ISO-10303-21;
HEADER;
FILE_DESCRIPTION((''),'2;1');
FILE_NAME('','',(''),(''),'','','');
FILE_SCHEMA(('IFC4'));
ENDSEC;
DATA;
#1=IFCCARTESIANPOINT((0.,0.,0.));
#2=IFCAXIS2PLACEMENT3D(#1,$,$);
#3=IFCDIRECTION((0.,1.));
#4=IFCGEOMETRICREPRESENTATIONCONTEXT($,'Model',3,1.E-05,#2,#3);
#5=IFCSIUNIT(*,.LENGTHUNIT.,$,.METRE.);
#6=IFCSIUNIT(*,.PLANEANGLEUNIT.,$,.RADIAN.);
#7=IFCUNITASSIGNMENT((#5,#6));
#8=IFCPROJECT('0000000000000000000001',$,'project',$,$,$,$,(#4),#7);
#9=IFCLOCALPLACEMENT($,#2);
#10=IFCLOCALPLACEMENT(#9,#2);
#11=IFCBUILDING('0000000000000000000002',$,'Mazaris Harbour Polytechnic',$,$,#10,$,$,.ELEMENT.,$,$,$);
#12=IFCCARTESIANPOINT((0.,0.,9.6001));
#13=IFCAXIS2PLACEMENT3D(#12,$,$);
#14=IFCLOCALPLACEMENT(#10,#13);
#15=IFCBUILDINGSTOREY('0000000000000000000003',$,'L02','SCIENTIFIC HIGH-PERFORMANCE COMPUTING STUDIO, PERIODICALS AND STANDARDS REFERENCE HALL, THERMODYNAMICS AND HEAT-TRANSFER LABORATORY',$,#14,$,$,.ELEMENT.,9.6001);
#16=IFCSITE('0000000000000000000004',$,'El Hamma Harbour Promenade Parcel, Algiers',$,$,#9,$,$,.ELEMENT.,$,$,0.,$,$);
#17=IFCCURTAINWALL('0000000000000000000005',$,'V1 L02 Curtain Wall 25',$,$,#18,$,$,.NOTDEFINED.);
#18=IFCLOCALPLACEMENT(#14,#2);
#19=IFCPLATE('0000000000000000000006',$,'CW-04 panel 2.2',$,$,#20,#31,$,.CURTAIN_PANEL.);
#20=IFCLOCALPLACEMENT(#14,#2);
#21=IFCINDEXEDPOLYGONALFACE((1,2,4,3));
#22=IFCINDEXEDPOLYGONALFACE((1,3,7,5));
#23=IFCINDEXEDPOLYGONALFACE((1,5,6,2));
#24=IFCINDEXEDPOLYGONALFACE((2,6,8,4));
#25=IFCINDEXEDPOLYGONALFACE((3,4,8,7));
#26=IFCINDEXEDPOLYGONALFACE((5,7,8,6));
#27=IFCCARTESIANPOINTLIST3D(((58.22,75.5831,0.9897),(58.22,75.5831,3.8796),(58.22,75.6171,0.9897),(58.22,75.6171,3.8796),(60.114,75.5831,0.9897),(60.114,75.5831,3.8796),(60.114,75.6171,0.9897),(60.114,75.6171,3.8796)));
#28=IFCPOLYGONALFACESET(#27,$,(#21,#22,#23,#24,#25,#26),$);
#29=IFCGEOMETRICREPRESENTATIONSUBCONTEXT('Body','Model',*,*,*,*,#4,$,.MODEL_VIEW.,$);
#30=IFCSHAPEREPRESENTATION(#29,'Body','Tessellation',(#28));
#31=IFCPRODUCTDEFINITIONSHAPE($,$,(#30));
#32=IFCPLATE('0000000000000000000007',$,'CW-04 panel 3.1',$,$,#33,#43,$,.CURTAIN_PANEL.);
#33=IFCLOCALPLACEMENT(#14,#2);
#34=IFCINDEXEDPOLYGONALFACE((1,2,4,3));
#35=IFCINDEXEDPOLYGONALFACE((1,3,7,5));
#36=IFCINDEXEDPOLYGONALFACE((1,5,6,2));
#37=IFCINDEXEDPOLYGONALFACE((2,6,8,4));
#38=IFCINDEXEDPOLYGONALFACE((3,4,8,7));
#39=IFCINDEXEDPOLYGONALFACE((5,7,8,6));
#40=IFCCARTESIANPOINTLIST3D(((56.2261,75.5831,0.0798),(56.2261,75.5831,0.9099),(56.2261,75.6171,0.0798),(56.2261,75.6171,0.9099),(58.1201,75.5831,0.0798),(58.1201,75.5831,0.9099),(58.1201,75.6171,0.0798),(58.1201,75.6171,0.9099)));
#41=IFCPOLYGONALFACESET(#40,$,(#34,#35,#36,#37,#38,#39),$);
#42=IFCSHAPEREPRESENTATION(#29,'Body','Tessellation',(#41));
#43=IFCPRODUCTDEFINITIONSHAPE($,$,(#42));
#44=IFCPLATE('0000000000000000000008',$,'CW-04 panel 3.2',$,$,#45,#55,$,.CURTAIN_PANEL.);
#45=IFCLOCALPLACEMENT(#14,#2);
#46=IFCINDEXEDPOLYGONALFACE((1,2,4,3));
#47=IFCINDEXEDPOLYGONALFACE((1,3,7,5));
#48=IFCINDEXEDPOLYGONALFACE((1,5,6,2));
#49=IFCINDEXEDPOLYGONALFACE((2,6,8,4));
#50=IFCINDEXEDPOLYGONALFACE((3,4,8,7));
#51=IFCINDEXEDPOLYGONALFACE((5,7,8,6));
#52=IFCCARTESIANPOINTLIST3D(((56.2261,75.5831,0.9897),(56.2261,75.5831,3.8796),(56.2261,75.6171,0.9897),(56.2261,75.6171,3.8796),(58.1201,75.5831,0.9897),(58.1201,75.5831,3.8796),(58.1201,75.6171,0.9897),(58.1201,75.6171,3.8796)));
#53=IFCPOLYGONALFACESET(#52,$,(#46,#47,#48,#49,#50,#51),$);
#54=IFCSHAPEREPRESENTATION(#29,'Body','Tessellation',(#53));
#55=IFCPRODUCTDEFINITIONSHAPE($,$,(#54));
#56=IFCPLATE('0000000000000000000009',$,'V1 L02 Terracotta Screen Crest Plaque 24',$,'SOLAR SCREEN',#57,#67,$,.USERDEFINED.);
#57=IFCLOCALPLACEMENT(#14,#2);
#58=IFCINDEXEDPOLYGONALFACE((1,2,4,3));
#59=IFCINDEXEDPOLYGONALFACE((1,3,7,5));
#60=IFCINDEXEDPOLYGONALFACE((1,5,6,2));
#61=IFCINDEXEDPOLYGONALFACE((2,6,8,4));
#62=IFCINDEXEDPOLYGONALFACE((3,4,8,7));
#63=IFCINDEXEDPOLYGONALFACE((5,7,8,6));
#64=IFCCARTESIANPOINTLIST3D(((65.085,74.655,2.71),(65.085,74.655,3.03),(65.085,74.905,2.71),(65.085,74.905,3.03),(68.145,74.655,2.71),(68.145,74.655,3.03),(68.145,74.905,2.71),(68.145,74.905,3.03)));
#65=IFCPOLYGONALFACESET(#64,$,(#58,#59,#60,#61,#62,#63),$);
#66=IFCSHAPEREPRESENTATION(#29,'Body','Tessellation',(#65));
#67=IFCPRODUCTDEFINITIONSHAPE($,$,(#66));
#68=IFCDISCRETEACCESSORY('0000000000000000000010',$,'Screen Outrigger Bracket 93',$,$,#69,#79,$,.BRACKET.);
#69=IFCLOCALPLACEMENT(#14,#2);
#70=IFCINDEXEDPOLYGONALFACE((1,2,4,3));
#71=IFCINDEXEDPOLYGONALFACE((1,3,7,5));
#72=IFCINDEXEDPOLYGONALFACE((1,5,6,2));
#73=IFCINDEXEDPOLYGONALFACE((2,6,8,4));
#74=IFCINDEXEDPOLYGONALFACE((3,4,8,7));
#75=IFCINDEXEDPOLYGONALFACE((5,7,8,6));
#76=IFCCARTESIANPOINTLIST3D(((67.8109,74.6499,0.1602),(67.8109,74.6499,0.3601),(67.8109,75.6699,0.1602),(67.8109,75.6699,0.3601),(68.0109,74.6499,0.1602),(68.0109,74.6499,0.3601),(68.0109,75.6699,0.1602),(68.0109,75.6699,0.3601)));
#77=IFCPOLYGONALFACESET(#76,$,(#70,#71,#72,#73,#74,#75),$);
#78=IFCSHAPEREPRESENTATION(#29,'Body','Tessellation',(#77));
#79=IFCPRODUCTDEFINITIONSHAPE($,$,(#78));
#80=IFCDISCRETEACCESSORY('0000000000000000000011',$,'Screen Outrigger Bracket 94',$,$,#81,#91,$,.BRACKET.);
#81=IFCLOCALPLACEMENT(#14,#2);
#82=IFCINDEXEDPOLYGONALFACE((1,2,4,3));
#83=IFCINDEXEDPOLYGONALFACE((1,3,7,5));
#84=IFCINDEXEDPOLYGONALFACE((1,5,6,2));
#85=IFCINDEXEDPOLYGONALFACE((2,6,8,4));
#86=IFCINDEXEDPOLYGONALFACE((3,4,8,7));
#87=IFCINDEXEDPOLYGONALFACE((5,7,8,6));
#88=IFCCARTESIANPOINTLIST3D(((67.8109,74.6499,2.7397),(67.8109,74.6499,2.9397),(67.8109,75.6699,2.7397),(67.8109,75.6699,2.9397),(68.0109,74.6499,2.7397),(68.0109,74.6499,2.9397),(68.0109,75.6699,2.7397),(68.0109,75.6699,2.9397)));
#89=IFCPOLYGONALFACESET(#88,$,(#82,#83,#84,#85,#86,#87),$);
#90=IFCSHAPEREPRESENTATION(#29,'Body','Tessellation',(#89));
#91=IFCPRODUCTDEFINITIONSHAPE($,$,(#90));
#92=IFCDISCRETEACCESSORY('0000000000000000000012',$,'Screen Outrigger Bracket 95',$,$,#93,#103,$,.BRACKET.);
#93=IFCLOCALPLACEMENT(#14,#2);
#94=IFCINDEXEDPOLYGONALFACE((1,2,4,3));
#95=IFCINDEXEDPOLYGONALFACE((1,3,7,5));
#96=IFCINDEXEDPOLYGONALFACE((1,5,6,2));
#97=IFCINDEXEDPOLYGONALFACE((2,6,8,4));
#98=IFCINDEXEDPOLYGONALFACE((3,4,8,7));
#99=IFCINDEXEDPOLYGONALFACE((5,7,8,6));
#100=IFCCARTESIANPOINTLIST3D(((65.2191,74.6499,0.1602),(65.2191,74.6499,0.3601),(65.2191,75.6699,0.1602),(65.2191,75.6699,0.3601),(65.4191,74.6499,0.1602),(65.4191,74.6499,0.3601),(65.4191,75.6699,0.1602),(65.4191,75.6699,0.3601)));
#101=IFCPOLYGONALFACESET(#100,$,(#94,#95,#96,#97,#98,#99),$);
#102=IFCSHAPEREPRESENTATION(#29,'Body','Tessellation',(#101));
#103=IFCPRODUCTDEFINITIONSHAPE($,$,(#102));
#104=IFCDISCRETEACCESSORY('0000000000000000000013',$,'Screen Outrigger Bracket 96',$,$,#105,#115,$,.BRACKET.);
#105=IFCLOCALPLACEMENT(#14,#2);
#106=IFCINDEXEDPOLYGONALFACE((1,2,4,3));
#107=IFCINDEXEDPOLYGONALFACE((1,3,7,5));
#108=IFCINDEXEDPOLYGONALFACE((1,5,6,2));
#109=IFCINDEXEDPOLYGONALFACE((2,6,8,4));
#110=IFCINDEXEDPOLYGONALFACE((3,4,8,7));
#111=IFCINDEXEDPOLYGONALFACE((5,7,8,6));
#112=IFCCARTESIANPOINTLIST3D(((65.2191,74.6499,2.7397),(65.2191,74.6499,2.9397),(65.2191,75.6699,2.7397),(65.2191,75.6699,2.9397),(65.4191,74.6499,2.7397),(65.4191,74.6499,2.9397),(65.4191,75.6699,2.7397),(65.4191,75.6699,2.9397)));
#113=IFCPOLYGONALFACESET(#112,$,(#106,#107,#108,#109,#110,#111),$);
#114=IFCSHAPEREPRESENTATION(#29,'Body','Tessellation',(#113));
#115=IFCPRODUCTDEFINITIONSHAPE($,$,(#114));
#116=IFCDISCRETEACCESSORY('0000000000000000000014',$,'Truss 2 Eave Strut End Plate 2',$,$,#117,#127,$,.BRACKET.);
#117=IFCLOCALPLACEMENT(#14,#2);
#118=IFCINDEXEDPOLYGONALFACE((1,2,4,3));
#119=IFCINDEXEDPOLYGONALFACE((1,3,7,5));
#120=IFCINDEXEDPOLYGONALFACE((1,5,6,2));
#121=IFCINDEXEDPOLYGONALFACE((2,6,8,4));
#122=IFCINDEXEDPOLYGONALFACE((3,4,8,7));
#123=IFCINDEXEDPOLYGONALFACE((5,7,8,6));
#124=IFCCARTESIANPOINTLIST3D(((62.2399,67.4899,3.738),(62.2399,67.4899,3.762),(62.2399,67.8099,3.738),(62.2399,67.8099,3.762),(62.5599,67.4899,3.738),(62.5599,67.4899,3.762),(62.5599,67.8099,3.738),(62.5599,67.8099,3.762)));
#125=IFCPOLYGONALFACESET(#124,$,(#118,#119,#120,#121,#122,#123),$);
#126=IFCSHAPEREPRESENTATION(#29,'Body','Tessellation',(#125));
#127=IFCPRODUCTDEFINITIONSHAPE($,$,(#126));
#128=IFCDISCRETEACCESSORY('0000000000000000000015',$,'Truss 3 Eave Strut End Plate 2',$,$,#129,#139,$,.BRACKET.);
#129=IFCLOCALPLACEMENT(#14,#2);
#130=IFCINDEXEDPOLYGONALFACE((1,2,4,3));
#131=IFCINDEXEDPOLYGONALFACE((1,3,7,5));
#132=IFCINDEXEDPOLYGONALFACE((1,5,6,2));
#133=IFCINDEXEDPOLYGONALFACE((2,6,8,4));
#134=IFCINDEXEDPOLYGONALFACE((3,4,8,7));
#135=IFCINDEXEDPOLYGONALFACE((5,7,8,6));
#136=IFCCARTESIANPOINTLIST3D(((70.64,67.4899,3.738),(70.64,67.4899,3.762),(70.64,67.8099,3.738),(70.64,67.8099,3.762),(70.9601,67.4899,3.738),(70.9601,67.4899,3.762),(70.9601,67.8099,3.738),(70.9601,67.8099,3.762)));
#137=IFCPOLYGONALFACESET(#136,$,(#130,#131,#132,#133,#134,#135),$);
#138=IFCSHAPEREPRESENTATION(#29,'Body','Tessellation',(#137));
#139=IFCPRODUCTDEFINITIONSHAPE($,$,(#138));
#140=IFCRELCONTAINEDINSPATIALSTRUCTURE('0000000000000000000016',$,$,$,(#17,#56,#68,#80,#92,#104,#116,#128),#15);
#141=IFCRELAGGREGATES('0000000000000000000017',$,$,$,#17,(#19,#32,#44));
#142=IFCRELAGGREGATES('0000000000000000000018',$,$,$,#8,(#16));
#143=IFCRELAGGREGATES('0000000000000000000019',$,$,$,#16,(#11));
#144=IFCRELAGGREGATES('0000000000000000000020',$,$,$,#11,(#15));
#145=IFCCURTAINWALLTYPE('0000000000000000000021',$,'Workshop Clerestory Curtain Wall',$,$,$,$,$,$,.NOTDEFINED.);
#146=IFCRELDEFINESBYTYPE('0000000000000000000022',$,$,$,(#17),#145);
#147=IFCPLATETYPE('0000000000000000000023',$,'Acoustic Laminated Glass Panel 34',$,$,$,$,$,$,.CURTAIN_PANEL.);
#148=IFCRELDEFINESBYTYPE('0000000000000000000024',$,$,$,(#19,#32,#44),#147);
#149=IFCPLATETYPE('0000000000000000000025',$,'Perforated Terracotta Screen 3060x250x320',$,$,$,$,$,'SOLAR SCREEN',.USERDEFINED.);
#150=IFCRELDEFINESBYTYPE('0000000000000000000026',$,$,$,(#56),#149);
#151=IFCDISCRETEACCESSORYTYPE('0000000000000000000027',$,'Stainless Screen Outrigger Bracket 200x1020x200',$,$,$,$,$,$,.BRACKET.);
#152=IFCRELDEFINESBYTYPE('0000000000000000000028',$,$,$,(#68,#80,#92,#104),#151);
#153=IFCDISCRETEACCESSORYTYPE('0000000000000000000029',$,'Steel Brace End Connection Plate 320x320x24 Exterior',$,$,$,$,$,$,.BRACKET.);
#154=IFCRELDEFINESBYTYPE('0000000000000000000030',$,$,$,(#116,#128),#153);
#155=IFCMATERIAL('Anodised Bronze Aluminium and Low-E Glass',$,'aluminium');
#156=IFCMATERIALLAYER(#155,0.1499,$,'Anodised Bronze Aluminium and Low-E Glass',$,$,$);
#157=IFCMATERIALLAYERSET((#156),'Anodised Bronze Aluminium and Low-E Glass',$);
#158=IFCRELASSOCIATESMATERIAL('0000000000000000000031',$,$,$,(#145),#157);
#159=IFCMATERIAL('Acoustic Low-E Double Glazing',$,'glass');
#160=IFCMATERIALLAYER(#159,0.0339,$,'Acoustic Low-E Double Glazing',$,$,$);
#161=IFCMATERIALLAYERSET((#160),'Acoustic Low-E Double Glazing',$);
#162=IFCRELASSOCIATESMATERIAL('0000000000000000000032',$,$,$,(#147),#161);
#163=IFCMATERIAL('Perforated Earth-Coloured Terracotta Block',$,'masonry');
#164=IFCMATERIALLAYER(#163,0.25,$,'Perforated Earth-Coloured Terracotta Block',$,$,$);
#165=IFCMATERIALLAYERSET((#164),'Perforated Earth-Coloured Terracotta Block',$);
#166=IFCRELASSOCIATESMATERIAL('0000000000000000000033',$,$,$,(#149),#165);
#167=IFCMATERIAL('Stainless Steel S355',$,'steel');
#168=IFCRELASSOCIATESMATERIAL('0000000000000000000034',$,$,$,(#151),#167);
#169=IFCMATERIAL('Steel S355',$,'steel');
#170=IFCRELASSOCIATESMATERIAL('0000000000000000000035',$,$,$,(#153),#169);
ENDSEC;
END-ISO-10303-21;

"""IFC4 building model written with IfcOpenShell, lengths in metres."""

from ifc_helpers import new_model, si_unit, direction, frame, origin, origin_2d, place, context, subcontext, project, spatial, rectangle, extrude, material, layer, layer_set, type_object, element, aggregate, save


model = new_model("IFC4")

# Units and contexts
model_context = context("Model", 3, precision=1e-05, world=origin(), true_north=direction((0.0, 1.0)))
body_context = subcontext(model_context, "Body", "Model", "MODEL_VIEW")
ifc_project = project(units=[si_unit("LENGTHUNIT", "METRE"), si_unit("PLANEANGLEUNIT", "RADIAN")], contexts=[model_context])

# Site, building, storey
site_placement = place(None, origin())
site = spatial("IfcSite", under=ifc_project, at=site_placement, Name="El Hamma Harbour Promenade Parcel, Algiers", CompositionType="ELEMENT", RefElevation=0.0)
building_placement = place(site_placement, origin())
building = spatial("IfcBuilding", under=site, at=building_placement, Name="Mazaris Harbour Polytechnic", CompositionType="ELEMENT")
storey_placement = place(building_placement, frame((0.0, 0.0, 9.6001)))
storey = spatial("IfcBuildingStorey", under=building, at=storey_placement, Name="L02", Description="SCIENTIFIC HIGH-PERFORMANCE COMPUTING STUDIO, PERIODICALS AND STANDARDS REFERENCE HALL, THERMODYNAMICS AND HEAT-TRANSFER LABORATORY", CompositionType="ELEMENT", Elevation=9.6001)

# Curtain wall
ifc_material_1 = material(Name="Anodised Bronze Aluminium and Low-E Glass", Category="aluminium")
ifc_layer_1 = layer(ifc_material_1, 0.1499, Name="Anodised Bronze Aluminium and Low-E Glass")
ifc_layer_set_1 = layer_set([ifc_layer_1], Name="Anodised Bronze Aluminium and Low-E Glass")
curtain_wall_type = type_object("IfcCurtainWallType", Name="Workshop Clerestory Curtain Wall", PredefinedType="NOTDEFINED", material=ifc_layer_set_1)
curtain_wall_placement = place(storey_placement, origin())
curtain_wall = element("IfcCurtainWall", 1, at=curtain_wall_placement, inside=storey, type_object=curtain_wall_type, Name="V1 L02 Curtain Wall 25", PredefinedType="NOTDEFINED")

# Plates
ifc_material_2 = material(Name="Acoustic Low-E Double Glazing", Category="glass")
ifc_layer_2 = layer(ifc_material_2, 0.0339, Name="Acoustic Low-E Double Glazing")
ifc_layer_set_2 = layer_set([ifc_layer_2], Name="Acoustic Low-E Double Glazing")
plate_type_1 = type_object("IfcPlateType", Name="Acoustic Laminated Glass Panel 34", PredefinedType="CURTAIN_PANEL", material=ifc_layer_set_2)
plate_1_placement = place(storey_placement, frame((59.167, 75.6001, 0.9897), z_axis=(0.0, 0.0, 1.0), x_axis=(-1.0, 0.0, 0.0)))
plate_1 = element("IfcPlate", 2, at=plate_1_placement, type_object=plate_type_1, Name="CW-04 panel 2.2", PredefinedType="CURTAIN_PANEL", context=body_context, shape_type="SweptSolid", body=[
    extrude(rectangle(XDim=1.894, YDim=0.0339, at=origin_2d()), origin(), (0.0, 0.0, 1.0), 2.8899),
])
plate_2_placement = place(storey_placement, frame((57.1731, 75.6001, 0.0798), z_axis=(0.0, 0.0, 1.0), x_axis=(-1.0, 0.0, 0.0)))
plate_2 = element("IfcPlate", 3, at=plate_2_placement, type_object=plate_type_1, Name="CW-04 panel 3.1", PredefinedType="CURTAIN_PANEL", context=body_context, shape_type="SweptSolid", body=[
    extrude(rectangle(XDim=1.894, YDim=0.0339, at=origin_2d()), origin(), (0.0, 0.0, 1.0), 0.8301),
])
plate_3_placement = place(storey_placement, frame((57.1731, 75.6001, 0.9897), z_axis=(0.0, 0.0, 1.0), x_axis=(-1.0, 0.0, 0.0)))
plate_3 = element("IfcPlate", 4, at=plate_3_placement, type_object=plate_type_1, Name="CW-04 panel 3.2", PredefinedType="CURTAIN_PANEL", context=body_context, shape_type="SweptSolid", body=[
    extrude(rectangle(XDim=1.894, YDim=0.0339, at=origin_2d()), origin(), (0.0, 0.0, 1.0), 2.8899),
])
aggregate(curtain_wall, [plate_1, plate_2, plate_3])
ifc_material_3 = material(Name="Perforated Earth-Coloured Terracotta Block", Category="masonry")
ifc_layer_3 = layer(ifc_material_3, 0.25, Name="Perforated Earth-Coloured Terracotta Block")
ifc_layer_set_3 = layer_set([ifc_layer_3], Name="Perforated Earth-Coloured Terracotta Block")
plate_type_2 = type_object("IfcPlateType", Name="Perforated Terracotta Screen 3060x250x320", ElementType="SOLAR SCREEN", PredefinedType="USERDEFINED", material=ifc_layer_set_3)
plate_4_placement = place(storey_placement, frame((66.615, 74.78, 2.71), z_axis=(0.0, 0.0, 1.0), x_axis=(-1.0, 0.0, 0.0)))
element("IfcPlate", 5, at=plate_4_placement, inside=storey, type_object=plate_type_2, Name="V1 L02 Terracotta Screen Crest Plaque 24", ObjectType="SOLAR SCREEN", PredefinedType="USERDEFINED", context=body_context, shape_type="SweptSolid", body=[
    extrude(rectangle(XDim=3.0601, YDim=0.25, at=origin_2d()), origin(), (0.0, 0.0, 1.0), 0.3201),
])

# Discrete accessories
ifc_material_4 = material(Name="Stainless Steel S355", Category="steel")
discrete_accessory_type_1 = type_object("IfcDiscreteAccessoryType", Name="Stainless Screen Outrigger Bracket 200x1020x200", PredefinedType="BRACKET", material=ifc_material_4)
for number, where, z_axis, x_axis, name in (
    (6, (67.9109, 75.1599, 0.1602), (0.0, 0.0, 1.0), (-1.0, 0.0, 0.0), "Screen Outrigger Bracket 93"),
    (7, (67.9109, 75.1599, 2.7397), (0.0, 0.0, 1.0), (-1.0, 0.0, 0.0), "Screen Outrigger Bracket 94"),
    (8, (65.3191, 75.1599, 0.1602), (0.0, 0.0, 1.0), (-1.0, 0.0, 0.0), "Screen Outrigger Bracket 95"),
    (9, (65.3191, 75.1599, 2.7397), (0.0, 0.0, 1.0), (-1.0, 0.0, 0.0), "Screen Outrigger Bracket 96"),
):
    element("IfcDiscreteAccessory", number, at=place(storey_placement, frame(where, z_axis=z_axis, x_axis=x_axis)), inside=storey, type_object=discrete_accessory_type_1, Name=name, PredefinedType="BRACKET", context=body_context, shape_type="SweptSolid", body=[
        extrude(rectangle(XDim=0.2, YDim=1.02, at=origin_2d()), origin(), (0.0, 0.0, 1.0), 0.2),
    ])
ifc_material_5 = material(Name="Steel S355", Category="steel")
discrete_accessory_type_2 = type_object("IfcDiscreteAccessoryType", Name="Steel Brace End Connection Plate 320x320x24 Exterior", PredefinedType="BRACKET", material=ifc_material_5)
for number, where, z_axis, x_axis, name in (
    (10, (62.3999, 67.6499, 3.738), (0.0, 0.0, 1.0), (1.0, 0.0, 0.0), "Truss 2 Eave Strut End Plate 2"),
    (11, (70.8, 67.6499, 3.738), (0.0, 0.0, 1.0), (1.0, 0.0, 0.0), "Truss 3 Eave Strut End Plate 2"),
):
    element("IfcDiscreteAccessory", number, at=place(storey_placement, frame(where, z_axis=z_axis, x_axis=x_axis)), inside=storey, type_object=discrete_accessory_type_2, Name=name, PredefinedType="BRACKET", context=body_context, shape_type="SweptSolid", body=[
        extrude(rectangle(XDim=0.3201, YDim=0.3201, at=origin_2d()), origin(), (0.0, 0.0, 1.0), 0.0239),
    ])

save(model, "model.ifc")
